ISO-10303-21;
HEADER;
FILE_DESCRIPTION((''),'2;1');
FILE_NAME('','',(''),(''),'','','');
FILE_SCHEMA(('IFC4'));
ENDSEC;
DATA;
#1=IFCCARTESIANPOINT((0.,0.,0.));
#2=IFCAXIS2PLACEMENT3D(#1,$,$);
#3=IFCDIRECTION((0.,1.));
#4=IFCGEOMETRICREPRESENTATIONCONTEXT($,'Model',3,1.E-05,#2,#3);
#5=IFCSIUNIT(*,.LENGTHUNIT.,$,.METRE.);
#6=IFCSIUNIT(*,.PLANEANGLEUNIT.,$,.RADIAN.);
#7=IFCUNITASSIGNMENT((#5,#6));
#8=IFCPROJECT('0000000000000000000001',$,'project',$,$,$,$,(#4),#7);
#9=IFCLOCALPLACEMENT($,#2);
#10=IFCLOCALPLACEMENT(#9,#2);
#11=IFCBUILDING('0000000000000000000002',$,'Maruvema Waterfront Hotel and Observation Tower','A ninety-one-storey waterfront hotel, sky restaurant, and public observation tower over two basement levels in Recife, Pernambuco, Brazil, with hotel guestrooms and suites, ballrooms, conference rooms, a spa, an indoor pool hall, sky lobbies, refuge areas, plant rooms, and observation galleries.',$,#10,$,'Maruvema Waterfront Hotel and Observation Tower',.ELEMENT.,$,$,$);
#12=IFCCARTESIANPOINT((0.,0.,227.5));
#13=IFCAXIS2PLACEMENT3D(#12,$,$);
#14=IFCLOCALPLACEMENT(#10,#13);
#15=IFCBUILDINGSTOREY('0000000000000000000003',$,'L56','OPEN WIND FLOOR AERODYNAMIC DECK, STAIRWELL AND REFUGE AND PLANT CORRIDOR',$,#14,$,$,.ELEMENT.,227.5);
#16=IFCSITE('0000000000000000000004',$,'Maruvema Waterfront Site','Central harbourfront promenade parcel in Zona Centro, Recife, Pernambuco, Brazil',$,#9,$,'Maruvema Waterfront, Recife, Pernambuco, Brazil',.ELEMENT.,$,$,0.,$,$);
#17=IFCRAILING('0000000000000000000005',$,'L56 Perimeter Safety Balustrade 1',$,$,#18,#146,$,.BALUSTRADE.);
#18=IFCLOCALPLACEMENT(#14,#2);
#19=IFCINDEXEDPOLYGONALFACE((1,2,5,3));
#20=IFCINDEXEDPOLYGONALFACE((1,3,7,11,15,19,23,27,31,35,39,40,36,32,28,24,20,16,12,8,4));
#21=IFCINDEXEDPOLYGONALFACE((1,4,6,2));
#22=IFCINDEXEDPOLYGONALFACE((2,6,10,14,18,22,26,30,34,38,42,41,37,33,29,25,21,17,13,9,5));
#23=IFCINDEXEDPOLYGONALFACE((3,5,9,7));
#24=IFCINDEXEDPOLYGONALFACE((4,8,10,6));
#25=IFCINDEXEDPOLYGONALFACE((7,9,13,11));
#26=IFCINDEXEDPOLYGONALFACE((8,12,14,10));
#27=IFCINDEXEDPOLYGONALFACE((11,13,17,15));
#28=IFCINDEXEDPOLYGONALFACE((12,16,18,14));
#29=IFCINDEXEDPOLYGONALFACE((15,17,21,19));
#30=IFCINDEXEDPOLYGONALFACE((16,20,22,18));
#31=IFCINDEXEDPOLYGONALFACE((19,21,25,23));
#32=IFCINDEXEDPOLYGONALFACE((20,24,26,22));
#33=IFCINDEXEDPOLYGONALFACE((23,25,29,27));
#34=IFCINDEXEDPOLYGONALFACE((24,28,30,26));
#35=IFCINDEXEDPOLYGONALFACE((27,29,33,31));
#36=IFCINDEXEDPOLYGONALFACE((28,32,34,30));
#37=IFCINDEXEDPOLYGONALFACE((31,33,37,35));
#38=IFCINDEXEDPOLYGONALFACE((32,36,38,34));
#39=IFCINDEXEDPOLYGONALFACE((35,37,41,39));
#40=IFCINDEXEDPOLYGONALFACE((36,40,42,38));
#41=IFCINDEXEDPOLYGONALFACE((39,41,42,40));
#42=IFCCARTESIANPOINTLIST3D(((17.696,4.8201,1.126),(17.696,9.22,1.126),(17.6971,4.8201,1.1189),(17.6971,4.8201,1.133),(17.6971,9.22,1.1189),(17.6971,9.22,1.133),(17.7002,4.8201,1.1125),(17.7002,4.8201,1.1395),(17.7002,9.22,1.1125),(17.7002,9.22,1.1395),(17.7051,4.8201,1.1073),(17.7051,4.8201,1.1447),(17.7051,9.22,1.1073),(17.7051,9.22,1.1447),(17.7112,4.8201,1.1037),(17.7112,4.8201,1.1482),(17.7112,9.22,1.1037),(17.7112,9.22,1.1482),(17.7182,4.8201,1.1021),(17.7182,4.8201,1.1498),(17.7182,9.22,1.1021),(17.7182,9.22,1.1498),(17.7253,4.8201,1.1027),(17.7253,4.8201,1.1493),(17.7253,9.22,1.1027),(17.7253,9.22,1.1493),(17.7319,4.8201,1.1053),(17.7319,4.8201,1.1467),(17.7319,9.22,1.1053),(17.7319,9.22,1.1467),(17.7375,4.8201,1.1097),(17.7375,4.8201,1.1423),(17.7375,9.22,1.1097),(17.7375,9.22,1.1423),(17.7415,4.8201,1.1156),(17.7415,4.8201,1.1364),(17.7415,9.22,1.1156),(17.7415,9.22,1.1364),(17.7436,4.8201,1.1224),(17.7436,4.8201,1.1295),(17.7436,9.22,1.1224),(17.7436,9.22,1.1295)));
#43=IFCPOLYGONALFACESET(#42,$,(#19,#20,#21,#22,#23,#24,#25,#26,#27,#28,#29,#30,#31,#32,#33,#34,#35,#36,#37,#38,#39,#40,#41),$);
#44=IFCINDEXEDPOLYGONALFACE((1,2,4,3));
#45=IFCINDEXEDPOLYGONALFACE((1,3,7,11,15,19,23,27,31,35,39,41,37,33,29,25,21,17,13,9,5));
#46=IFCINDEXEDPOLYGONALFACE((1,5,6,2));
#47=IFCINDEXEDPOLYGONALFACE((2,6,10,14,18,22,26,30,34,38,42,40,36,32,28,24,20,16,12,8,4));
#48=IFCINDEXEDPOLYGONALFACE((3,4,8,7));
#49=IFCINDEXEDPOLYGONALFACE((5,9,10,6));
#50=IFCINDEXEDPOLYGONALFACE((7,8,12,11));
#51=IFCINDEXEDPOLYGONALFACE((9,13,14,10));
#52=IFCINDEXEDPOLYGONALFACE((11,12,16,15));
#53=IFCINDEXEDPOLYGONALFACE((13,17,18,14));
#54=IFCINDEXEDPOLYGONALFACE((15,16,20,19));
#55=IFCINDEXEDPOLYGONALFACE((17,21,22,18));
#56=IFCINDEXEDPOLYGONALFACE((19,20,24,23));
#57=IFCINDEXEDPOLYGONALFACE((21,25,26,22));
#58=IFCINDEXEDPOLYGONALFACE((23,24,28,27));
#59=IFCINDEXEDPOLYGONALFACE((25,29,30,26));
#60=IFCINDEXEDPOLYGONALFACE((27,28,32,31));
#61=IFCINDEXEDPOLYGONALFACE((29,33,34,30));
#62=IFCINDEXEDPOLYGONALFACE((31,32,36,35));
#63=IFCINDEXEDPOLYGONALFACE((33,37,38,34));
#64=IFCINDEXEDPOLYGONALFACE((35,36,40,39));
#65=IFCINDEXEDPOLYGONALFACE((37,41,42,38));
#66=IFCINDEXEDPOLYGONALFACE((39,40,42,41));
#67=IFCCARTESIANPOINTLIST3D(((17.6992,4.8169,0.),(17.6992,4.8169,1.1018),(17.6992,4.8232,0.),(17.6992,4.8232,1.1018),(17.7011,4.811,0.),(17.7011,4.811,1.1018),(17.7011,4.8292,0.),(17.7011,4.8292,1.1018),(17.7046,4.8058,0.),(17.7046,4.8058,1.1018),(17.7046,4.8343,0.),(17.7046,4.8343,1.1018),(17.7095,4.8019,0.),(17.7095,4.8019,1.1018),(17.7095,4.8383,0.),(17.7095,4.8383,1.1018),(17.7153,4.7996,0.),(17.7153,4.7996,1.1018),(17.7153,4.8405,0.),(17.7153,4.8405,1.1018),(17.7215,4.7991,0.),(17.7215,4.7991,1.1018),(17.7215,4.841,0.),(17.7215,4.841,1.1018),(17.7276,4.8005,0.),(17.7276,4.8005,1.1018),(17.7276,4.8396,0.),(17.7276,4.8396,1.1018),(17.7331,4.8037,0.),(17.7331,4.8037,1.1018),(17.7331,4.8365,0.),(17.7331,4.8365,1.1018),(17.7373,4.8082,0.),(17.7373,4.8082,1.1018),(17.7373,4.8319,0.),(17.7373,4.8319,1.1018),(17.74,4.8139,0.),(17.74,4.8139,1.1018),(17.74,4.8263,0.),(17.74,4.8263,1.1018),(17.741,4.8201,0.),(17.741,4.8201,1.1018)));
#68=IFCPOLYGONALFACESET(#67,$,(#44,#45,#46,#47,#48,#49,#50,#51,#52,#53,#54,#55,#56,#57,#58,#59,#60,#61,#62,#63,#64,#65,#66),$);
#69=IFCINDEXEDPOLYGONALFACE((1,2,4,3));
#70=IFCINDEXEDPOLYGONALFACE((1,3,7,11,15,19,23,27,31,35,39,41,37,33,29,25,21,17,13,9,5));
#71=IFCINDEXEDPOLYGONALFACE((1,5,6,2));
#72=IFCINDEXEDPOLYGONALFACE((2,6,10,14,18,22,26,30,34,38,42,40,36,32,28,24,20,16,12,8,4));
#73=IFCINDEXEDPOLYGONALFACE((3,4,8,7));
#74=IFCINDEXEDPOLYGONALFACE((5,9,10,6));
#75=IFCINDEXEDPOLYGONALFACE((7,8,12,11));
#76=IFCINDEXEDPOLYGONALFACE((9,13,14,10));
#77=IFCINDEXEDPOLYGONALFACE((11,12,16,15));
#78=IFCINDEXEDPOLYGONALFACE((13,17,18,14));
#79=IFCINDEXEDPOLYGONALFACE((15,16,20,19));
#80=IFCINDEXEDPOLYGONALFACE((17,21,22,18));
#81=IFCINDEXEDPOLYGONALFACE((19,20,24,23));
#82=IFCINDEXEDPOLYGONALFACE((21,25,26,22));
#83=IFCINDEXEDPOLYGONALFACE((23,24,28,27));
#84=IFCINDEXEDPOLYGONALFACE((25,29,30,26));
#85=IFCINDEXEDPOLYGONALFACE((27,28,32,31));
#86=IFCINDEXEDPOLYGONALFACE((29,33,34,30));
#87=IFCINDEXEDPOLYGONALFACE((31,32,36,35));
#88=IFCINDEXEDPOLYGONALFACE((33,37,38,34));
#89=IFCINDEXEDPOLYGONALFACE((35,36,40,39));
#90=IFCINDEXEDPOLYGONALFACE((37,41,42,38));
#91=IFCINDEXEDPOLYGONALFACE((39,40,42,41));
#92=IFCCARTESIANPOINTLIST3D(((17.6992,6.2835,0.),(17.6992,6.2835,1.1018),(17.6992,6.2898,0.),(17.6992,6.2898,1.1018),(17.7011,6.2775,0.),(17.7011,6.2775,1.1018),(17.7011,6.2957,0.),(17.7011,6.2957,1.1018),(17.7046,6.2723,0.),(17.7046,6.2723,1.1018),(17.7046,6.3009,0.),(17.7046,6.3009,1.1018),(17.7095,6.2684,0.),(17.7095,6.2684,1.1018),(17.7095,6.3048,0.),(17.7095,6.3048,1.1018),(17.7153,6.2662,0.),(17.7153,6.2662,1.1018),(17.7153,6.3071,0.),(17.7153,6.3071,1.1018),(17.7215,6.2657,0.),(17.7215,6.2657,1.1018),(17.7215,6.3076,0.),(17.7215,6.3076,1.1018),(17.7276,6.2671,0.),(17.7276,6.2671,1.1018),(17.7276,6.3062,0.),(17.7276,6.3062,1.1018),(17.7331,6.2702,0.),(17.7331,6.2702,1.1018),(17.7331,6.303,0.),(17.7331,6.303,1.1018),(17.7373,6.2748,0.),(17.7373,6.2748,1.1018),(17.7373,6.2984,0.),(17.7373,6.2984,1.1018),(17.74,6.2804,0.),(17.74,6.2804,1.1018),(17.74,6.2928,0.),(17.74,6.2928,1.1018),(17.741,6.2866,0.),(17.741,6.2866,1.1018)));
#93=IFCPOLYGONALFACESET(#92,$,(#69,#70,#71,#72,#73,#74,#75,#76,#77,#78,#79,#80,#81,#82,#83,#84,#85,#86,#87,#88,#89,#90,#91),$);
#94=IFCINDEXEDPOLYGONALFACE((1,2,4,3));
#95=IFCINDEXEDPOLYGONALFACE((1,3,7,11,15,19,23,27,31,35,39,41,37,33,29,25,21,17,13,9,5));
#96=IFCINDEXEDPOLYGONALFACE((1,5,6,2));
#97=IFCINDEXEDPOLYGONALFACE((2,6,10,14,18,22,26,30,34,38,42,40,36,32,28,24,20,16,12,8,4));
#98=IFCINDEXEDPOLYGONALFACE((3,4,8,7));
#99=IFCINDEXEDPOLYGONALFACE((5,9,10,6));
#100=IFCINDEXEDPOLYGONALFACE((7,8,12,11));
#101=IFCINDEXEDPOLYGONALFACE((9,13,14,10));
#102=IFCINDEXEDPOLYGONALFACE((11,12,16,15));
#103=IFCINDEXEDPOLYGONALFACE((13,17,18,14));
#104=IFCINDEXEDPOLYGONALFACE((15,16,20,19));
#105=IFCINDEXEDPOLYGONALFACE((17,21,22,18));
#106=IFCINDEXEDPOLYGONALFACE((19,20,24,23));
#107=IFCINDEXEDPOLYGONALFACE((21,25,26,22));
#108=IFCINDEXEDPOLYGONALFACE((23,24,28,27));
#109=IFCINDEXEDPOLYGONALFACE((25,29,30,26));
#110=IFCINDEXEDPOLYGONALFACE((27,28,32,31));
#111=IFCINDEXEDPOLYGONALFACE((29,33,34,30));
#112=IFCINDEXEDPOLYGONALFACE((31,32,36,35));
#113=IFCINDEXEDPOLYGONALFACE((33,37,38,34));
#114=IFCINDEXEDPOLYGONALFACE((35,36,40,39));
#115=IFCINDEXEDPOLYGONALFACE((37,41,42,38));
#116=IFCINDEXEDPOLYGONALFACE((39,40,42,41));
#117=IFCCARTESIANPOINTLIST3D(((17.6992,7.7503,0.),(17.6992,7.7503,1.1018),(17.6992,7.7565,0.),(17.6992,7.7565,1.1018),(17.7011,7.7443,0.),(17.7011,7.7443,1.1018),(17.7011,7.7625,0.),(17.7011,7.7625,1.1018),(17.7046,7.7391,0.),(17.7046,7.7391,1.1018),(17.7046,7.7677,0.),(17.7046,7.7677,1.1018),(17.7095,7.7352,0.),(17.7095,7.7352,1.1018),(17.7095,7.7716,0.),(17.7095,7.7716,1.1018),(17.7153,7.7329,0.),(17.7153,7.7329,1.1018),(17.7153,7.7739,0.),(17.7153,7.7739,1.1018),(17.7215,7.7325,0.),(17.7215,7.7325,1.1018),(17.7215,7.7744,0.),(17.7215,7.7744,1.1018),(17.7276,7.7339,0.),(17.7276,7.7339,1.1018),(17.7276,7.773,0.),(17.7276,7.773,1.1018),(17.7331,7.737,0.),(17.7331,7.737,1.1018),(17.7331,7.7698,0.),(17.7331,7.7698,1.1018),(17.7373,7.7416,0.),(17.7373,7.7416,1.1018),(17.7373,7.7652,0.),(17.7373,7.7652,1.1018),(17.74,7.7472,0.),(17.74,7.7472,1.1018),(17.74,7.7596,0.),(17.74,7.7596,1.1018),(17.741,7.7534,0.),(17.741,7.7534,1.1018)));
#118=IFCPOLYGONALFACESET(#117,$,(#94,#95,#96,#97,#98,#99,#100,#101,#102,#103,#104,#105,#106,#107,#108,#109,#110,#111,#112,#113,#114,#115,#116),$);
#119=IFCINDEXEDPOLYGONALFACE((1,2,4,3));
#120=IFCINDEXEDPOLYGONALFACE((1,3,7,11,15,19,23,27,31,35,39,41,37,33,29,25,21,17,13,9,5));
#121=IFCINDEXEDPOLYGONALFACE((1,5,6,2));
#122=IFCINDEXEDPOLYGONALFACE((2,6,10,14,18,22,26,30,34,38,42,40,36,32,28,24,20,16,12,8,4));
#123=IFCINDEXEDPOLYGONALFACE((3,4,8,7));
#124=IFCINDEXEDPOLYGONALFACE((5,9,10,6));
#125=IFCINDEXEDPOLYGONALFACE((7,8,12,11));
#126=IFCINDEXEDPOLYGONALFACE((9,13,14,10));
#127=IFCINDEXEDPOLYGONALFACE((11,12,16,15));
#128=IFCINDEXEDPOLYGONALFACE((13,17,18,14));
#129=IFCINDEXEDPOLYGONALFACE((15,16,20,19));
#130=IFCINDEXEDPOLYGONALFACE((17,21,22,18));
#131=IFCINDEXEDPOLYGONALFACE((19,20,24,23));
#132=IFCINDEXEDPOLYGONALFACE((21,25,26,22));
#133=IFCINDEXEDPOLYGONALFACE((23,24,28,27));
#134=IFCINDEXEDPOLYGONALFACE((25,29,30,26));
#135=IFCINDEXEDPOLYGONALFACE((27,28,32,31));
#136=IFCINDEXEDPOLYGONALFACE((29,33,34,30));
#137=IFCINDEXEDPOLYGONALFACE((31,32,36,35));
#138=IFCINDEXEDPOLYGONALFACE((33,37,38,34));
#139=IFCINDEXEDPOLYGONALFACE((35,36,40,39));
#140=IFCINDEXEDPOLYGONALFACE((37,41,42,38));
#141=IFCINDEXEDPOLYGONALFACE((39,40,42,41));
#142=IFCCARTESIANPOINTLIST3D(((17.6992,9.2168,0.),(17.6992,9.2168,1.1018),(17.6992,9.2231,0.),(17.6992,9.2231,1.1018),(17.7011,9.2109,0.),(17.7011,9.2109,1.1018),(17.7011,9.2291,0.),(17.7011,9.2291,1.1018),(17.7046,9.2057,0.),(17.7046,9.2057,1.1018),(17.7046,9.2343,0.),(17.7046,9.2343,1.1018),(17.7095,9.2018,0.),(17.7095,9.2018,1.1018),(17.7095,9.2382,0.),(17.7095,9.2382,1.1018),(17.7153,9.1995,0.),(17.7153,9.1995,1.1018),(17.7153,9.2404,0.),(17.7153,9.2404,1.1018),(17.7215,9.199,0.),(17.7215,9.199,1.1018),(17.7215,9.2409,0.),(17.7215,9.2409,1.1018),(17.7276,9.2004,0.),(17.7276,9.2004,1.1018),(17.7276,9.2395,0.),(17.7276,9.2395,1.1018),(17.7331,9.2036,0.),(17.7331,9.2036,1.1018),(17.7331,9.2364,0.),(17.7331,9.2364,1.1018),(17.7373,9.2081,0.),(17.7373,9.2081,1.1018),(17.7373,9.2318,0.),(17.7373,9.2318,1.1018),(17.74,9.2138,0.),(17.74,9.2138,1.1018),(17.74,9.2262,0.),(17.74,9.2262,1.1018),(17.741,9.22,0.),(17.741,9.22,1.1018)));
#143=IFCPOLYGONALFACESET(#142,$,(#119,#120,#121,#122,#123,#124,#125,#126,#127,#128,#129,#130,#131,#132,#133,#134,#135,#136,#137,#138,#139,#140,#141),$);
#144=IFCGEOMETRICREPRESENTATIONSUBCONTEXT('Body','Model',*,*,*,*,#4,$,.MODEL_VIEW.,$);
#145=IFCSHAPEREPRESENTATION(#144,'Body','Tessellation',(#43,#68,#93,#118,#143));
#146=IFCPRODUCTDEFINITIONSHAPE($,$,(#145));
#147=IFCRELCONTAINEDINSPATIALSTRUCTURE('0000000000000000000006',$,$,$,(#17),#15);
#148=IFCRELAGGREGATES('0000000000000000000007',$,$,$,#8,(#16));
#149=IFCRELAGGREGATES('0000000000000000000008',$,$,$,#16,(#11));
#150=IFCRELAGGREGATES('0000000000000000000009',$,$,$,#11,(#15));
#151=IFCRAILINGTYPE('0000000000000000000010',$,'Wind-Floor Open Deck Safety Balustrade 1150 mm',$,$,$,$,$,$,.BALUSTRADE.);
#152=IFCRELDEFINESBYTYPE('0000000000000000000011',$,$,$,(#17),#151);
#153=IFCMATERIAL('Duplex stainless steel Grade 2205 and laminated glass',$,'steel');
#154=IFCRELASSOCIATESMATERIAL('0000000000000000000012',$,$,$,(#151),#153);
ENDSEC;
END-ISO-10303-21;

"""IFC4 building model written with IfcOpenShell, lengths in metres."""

from ifc_helpers import new_model, si_unit, direction, frame, origin, origin_2d, place, context, subcontext, project, spatial, circle, extrude, material, type_object, element, save


model = new_model("IFC4")

# Units and contexts
model_context = context("Model", 3, precision=1e-05, world=origin(), true_north=direction((0.0, 1.0)))
body_context = subcontext(model_context, "Body", "Model", "MODEL_VIEW")
ifc_project = project(units=[si_unit("LENGTHUNIT", "METRE"), si_unit("PLANEANGLEUNIT", "RADIAN")], contexts=[model_context])

# Site, building, storey
site_placement = place(None, origin())
site = spatial("IfcSite", under=ifc_project, at=site_placement, Name="Maruvema Waterfront Site", Description="Central harbourfront promenade parcel in Zona Centro, Recife, Pernambuco, Brazil", LongName="Maruvema Waterfront, Recife, Pernambuco, Brazil", CompositionType="ELEMENT", RefElevation=0.0)
building_placement = place(site_placement, origin())
building = spatial("IfcBuilding", under=site, at=building_placement, Name="Maruvema Waterfront Hotel and Observation Tower", Description="A ninety-one-storey waterfront hotel, sky restaurant, and public observation tower over two basement levels in Recife, Pernambuco, Brazil, with hotel guestrooms and suites, ballrooms, conference rooms, a spa, an indoor pool hall, sky lobbies, refuge areas, plant rooms, and observation galleries.", LongName="Maruvema Waterfront Hotel and Observation Tower", CompositionType="ELEMENT")
storey_placement = place(building_placement, frame((0.0, 0.0, 227.5)))
storey = spatial("IfcBuildingStorey", under=building, at=storey_placement, Name="L56", Description="OPEN WIND FLOOR AERODYNAMIC DECK, STAIRWELL AND REFUGE AND PLANT CORRIDOR", CompositionType="ELEMENT", Elevation=227.5)

# Railing
ifc_material_1 = material(Name="Duplex stainless steel Grade 2205 and laminated glass", Category="steel")
railing_type = type_object("IfcRailingType", Name="Wind-Floor Open Deck Safety Balustrade 1150 mm", PredefinedType="BALUSTRADE", material=ifc_material_1)
railing_1_placement = place(storey_placement, frame((17.72, 4.8201, 0.0)))
element("IfcRailing", 1, at=railing_1_placement, inside=storey, type_object=railing_type, Name="L56 Perimeter Safety Balustrade 1", PredefinedType="BALUSTRADE", context=body_context, shape_type="SweptSolid", body=[
    extrude(circle(Radius=0.0239, at=origin_2d()), frame((0.0, 0.0, 1.126), z_axis=(0.0, 1.0, 0.0), x_axis=(-1.0, 0.0, 0.0)), (0.0, 0.0, 1.0), 4.3999),
    extrude(circle(Radius=0.021, at=origin_2d()), origin(), (0.0, 0.0, 1.0), 1.1018),
    extrude(circle(Radius=0.021, at=origin_2d()), frame((0.0, 1.4666, 0.0)), (0.0, 0.0, 1.0), 1.1018),
    extrude(circle(Radius=0.021, at=origin_2d()), frame((0.0, 2.9333, 0.0)), (0.0, 0.0, 1.0), 1.1018),
    extrude(circle(Radius=0.021, at=origin_2d()), frame((0.0, 4.3999, 0.0)), (0.0, 0.0, 1.0), 1.1018),
])

save(model, "model.ifc")
